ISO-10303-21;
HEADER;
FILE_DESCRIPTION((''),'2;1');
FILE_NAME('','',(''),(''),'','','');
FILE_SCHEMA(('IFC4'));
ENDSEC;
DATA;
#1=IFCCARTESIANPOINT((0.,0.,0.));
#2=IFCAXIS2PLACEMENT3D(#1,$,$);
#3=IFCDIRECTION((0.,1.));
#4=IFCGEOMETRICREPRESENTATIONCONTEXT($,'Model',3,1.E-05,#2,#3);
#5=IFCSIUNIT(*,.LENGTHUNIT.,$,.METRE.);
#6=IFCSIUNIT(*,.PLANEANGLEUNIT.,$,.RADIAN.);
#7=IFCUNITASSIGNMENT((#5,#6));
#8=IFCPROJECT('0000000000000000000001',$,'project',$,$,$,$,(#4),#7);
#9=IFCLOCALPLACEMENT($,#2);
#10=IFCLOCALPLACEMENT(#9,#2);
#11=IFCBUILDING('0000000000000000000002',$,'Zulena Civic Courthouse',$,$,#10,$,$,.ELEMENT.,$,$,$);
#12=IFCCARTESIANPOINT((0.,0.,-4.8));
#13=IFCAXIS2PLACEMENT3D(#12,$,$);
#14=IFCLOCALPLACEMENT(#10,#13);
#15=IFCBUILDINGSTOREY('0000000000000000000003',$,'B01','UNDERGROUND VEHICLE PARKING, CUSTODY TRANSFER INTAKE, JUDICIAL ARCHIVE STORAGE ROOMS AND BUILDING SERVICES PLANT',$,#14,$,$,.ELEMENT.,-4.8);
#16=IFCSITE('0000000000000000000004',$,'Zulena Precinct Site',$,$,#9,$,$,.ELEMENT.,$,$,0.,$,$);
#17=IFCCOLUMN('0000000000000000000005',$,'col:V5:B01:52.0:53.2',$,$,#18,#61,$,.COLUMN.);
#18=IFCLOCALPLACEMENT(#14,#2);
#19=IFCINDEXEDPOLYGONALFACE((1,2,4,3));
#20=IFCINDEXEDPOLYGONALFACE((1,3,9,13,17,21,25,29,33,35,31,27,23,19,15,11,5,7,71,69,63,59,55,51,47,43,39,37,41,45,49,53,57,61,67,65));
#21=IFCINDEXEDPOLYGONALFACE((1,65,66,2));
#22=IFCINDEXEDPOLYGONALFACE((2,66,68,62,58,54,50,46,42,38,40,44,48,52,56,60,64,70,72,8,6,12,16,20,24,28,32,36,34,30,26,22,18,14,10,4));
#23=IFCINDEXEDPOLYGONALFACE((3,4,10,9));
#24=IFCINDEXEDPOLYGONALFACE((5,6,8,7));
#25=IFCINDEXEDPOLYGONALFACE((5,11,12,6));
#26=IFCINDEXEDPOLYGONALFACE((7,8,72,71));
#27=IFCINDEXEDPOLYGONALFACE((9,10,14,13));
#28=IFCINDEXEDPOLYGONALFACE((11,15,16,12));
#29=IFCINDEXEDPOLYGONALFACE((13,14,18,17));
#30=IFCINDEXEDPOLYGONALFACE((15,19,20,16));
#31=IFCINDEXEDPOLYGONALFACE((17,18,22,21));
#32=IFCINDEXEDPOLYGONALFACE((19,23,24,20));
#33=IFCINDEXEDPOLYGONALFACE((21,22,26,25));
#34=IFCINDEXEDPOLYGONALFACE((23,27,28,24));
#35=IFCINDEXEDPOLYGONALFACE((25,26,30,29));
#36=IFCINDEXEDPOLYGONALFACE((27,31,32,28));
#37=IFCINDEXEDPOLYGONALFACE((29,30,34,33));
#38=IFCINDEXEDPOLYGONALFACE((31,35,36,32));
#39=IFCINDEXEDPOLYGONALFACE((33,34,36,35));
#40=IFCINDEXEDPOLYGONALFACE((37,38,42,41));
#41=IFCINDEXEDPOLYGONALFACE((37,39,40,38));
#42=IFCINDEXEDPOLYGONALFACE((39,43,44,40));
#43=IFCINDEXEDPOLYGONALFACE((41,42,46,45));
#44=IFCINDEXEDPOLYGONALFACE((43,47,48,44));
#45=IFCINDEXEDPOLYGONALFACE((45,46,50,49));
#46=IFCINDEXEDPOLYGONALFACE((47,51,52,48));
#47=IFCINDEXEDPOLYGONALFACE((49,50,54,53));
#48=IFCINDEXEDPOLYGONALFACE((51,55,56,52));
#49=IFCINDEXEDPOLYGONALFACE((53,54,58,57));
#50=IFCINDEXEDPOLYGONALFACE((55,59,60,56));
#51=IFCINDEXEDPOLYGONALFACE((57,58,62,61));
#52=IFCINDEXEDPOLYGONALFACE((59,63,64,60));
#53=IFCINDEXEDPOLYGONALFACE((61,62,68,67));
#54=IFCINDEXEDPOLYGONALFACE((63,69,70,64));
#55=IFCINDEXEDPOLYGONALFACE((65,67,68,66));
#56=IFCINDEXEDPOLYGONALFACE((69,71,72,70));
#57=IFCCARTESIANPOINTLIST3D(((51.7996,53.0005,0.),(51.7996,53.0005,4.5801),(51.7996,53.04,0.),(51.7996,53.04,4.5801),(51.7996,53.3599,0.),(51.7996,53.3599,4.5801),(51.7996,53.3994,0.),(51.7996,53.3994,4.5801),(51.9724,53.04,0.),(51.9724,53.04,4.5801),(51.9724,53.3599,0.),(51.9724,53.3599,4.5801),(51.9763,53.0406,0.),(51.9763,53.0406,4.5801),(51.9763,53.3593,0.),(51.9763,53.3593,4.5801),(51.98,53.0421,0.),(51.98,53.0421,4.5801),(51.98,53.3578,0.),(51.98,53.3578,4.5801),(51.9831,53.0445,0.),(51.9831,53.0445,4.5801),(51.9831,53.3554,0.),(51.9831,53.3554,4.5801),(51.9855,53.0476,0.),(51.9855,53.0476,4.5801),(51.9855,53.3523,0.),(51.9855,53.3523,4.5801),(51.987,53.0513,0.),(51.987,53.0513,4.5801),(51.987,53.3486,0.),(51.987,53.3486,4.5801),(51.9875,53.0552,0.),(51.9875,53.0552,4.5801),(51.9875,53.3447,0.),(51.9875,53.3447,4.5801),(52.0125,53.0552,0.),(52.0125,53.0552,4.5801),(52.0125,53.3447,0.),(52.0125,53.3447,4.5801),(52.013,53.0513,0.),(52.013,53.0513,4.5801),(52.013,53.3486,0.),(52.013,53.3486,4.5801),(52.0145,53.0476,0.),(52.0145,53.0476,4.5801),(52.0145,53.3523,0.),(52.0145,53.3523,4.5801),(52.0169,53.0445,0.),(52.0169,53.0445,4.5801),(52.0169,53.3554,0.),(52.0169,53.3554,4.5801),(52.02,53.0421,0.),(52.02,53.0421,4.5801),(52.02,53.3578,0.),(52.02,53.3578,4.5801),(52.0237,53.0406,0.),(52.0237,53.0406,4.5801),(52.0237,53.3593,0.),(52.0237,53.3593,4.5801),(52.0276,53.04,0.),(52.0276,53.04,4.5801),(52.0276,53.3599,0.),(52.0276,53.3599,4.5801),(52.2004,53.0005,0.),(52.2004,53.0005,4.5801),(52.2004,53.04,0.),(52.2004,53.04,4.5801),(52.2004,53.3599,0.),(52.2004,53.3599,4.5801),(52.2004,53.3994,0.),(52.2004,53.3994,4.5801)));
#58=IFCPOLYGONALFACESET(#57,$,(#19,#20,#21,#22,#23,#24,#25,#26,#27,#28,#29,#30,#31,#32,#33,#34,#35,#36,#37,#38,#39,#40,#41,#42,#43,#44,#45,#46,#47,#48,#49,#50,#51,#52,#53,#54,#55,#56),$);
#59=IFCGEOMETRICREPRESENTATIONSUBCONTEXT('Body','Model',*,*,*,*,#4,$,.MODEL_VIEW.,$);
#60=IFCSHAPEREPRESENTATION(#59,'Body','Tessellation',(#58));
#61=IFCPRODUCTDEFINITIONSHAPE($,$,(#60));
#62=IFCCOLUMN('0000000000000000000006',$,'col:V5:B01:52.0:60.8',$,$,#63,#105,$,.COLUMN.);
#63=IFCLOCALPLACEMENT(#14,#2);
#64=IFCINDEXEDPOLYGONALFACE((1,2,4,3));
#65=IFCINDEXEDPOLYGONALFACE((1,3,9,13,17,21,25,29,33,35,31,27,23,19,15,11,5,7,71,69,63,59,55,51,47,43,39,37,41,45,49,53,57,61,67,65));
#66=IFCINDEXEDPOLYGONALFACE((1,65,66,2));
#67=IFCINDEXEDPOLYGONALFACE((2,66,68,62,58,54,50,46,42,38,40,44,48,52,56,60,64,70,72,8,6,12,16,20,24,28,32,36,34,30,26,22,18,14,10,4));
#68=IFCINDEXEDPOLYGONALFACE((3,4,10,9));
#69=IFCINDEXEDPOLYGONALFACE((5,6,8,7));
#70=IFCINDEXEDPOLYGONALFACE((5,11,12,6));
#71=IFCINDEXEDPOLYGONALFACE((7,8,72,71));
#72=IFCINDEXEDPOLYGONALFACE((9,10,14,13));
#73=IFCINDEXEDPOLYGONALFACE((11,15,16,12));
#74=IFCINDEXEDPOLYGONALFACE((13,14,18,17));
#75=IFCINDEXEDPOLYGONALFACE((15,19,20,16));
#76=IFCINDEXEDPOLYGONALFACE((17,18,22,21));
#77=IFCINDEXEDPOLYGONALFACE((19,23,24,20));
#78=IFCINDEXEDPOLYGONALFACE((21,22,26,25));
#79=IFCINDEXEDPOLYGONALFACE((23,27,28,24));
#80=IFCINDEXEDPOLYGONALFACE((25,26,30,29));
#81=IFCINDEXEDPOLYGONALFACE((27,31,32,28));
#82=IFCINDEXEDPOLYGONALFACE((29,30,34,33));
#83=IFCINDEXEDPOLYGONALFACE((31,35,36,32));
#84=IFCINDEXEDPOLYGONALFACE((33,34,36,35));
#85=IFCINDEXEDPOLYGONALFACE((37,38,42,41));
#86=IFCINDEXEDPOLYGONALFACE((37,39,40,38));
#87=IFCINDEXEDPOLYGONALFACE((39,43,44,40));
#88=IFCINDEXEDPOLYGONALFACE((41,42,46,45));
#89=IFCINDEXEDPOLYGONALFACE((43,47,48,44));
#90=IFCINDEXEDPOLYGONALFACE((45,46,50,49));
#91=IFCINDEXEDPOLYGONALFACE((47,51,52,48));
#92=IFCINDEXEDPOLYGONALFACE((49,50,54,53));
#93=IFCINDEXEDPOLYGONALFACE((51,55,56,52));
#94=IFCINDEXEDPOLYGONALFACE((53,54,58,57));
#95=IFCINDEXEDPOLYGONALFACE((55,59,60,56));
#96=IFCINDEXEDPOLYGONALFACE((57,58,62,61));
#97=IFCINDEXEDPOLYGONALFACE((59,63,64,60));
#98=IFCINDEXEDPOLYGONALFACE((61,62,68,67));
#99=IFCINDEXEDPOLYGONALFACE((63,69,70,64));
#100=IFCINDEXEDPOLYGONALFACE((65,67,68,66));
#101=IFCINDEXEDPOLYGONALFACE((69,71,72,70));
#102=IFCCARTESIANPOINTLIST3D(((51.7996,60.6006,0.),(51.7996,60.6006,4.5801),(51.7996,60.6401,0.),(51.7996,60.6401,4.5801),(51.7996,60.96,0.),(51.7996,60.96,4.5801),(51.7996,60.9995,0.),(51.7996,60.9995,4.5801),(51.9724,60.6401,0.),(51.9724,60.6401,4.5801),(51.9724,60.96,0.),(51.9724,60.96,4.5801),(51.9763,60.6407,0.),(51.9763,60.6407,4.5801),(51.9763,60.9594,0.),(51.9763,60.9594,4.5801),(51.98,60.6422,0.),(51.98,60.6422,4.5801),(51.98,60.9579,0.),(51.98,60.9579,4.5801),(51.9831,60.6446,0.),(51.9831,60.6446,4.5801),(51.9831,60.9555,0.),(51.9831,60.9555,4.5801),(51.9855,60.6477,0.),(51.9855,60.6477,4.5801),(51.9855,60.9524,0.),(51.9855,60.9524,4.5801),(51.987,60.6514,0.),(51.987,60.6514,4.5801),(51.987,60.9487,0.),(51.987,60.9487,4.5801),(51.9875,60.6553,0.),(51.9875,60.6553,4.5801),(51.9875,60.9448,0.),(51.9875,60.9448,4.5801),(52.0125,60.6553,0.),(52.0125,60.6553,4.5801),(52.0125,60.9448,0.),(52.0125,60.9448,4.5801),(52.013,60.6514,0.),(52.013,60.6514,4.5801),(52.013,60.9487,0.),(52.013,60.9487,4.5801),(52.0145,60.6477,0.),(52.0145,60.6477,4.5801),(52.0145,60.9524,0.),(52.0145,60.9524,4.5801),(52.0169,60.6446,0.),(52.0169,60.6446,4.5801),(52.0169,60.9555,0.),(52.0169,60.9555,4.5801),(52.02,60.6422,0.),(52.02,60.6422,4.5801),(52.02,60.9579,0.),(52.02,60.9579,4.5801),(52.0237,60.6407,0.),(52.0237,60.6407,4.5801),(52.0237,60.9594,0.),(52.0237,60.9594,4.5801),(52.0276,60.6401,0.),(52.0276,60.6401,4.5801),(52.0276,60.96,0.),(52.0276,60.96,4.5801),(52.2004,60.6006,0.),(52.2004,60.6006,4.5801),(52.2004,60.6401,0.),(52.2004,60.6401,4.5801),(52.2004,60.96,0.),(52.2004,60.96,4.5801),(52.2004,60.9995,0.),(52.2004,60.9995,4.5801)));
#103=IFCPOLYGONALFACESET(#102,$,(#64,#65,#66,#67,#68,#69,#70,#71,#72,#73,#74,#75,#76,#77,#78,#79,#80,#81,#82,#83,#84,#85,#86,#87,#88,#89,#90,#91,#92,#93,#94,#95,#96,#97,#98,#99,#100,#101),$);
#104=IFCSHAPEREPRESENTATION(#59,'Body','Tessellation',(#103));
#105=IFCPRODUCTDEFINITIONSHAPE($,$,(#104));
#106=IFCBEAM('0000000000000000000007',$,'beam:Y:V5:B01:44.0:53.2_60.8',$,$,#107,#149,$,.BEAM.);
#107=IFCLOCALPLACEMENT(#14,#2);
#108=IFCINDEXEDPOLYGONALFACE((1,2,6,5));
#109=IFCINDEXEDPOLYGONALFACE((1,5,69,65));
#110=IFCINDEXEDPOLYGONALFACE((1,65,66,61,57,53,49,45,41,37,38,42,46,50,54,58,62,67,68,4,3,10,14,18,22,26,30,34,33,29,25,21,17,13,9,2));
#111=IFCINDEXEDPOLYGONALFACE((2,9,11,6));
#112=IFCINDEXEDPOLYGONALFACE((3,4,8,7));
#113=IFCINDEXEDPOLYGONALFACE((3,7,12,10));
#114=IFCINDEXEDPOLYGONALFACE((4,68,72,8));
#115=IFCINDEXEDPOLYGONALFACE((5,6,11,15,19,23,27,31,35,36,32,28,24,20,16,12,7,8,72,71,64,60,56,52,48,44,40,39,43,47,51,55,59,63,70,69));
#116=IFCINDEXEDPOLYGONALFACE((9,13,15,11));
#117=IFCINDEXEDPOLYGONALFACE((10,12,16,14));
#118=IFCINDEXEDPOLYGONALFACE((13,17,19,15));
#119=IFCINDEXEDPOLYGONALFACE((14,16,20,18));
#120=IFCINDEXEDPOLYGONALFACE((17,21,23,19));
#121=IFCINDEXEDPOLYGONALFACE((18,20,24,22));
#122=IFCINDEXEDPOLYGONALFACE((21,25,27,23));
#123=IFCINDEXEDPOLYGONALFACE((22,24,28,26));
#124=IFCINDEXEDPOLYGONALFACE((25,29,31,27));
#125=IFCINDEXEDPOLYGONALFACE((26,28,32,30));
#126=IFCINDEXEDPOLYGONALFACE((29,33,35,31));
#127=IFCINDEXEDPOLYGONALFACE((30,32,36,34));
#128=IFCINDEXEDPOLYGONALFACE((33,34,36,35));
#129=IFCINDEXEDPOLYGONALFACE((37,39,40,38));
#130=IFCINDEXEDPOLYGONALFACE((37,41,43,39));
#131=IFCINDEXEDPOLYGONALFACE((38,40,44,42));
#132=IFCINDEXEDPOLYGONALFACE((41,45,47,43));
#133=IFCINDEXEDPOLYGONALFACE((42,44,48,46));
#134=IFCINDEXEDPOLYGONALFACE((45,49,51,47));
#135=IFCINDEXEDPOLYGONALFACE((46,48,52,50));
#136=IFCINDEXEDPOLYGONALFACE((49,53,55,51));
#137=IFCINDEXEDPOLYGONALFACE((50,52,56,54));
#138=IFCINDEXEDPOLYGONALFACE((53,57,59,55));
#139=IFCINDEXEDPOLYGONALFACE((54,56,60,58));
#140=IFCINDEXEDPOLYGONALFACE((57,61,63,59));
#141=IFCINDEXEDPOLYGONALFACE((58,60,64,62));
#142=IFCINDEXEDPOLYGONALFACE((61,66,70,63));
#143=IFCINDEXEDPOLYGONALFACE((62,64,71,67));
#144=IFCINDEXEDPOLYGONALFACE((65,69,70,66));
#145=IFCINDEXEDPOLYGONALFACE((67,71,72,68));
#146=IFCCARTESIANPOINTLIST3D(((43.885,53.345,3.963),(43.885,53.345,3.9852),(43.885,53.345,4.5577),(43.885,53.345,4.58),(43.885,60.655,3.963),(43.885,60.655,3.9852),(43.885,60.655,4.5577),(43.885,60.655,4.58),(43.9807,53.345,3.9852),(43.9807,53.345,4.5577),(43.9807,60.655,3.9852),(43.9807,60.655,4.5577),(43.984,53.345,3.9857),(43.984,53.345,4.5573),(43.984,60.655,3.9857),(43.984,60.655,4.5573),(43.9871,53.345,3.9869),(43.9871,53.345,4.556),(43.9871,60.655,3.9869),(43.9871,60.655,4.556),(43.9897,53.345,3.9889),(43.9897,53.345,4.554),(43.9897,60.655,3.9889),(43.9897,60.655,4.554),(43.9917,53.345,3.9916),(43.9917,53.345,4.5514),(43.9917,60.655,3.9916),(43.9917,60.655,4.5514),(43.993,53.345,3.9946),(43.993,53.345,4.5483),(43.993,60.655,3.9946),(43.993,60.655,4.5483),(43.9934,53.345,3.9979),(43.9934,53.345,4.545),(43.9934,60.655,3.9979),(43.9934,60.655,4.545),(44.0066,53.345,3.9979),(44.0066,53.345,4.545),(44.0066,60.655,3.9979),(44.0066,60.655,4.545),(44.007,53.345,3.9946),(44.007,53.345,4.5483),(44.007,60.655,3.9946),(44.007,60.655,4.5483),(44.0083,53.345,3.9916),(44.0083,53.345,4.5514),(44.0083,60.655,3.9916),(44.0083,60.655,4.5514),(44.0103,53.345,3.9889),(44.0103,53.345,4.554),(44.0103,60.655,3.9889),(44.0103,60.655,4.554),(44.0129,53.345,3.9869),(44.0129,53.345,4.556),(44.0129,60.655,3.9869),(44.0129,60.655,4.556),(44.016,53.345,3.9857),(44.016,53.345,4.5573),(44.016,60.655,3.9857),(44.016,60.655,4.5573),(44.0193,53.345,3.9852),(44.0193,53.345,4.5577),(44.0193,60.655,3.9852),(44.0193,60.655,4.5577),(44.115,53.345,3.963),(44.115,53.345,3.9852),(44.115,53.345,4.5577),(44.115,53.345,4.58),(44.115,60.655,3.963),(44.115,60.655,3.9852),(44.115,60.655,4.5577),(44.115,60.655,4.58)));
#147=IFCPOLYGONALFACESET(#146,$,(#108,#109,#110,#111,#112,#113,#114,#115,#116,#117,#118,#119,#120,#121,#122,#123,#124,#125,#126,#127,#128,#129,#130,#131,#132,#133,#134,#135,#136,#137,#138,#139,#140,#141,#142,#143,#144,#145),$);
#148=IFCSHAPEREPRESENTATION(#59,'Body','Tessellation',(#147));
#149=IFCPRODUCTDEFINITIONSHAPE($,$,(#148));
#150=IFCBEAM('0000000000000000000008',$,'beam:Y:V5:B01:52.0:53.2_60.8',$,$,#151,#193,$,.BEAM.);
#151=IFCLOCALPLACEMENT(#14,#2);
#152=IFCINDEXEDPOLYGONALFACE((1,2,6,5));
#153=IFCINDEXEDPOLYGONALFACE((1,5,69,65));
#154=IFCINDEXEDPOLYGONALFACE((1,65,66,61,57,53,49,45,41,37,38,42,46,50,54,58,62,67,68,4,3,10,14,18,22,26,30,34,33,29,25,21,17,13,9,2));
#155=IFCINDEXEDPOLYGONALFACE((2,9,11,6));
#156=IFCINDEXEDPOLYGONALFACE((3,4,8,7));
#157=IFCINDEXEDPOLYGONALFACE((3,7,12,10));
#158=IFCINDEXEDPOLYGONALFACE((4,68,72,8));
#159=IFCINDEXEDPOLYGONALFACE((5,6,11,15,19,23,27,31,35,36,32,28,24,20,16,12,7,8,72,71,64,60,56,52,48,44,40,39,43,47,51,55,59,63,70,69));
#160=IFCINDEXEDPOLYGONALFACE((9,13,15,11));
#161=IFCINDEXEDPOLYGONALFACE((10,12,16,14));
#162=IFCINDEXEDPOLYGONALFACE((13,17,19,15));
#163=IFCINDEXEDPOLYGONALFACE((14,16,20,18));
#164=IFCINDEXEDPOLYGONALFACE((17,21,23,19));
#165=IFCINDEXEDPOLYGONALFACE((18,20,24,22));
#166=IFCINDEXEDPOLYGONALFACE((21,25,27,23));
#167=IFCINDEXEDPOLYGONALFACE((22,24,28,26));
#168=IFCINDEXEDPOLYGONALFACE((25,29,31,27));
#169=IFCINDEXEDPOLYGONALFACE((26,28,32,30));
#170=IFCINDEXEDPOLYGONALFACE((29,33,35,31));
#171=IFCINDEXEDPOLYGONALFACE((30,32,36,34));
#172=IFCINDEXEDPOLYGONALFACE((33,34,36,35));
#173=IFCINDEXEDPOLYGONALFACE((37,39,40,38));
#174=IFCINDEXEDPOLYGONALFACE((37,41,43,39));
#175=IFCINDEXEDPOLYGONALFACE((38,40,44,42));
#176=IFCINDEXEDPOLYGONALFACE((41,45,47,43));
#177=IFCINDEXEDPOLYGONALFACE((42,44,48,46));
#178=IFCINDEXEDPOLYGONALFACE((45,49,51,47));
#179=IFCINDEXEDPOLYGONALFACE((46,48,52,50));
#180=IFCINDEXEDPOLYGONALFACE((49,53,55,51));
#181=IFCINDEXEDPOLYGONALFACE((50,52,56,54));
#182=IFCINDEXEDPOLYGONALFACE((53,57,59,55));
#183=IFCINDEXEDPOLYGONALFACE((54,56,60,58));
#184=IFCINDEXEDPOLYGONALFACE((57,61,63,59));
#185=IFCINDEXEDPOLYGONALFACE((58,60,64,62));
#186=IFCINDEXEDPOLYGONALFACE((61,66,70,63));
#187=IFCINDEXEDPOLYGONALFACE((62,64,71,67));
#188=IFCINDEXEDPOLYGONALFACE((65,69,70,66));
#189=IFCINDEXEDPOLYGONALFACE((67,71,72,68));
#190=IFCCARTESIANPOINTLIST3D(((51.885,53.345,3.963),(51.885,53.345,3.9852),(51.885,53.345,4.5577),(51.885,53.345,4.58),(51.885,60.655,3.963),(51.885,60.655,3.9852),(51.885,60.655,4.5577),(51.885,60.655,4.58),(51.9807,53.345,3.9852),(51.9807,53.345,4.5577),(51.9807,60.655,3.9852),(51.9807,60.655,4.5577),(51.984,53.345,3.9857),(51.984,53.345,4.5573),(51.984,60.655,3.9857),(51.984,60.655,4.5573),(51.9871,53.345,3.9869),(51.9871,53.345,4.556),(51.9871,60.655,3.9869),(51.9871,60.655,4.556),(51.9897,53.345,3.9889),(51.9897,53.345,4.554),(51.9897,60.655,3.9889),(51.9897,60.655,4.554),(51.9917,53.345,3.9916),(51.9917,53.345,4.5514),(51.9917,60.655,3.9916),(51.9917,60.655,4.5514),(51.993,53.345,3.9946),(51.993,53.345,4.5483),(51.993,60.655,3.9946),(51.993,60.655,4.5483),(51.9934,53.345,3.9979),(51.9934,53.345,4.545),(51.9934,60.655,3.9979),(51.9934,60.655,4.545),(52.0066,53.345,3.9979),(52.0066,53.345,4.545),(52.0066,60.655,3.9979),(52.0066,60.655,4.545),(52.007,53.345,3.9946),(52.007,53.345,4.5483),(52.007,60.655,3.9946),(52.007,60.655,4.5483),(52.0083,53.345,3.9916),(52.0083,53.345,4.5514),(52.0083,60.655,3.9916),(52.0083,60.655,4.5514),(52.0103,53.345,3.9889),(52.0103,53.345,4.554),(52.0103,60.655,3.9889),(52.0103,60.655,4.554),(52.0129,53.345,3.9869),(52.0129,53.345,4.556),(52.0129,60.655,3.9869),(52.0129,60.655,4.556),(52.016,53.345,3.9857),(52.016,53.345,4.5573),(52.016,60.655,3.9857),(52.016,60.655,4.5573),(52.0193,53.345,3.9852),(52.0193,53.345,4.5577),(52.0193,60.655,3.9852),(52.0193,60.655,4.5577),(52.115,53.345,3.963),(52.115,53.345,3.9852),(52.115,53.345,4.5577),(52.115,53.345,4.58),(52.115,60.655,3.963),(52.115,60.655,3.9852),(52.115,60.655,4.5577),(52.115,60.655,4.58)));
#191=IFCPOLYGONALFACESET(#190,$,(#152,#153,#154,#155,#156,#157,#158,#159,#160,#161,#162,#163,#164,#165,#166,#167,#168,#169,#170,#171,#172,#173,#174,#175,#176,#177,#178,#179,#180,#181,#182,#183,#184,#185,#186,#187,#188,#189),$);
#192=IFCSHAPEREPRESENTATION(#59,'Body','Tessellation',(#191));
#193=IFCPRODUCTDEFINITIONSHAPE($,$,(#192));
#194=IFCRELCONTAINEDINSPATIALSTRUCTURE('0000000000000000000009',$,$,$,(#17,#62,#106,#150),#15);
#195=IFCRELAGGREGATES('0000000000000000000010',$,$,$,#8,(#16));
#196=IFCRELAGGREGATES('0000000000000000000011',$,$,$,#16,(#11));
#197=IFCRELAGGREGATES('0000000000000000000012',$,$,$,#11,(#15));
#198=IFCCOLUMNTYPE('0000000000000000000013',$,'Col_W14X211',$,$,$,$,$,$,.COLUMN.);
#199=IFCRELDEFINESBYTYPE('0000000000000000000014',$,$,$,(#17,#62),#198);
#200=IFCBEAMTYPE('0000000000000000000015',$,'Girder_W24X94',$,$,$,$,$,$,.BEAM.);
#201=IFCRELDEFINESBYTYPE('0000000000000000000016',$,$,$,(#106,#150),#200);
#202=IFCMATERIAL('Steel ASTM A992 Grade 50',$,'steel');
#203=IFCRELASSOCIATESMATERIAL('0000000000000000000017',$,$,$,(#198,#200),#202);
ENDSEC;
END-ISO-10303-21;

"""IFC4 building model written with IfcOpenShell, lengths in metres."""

from ifc_helpers import new_model, si_unit, direction, frame, origin, origin_2d, place, context, subcontext, project, spatial, i_section, extrude, material, material_profile, profile_set, type_object, element, save


model = new_model("IFC4")

# Units and contexts
model_context = context("Model", 3, precision=1e-05, world=origin(), true_north=direction((0.0, 1.0)))
body_context = subcontext(model_context, "Body", "Model", "MODEL_VIEW")
ifc_project = project(units=[si_unit("LENGTHUNIT", "METRE"), si_unit("PLANEANGLEUNIT", "RADIAN")], contexts=[model_context])

# Site, building, storey
site_placement = place(None, origin())
site = spatial("IfcSite", under=ifc_project, at=site_placement, Name="Zulena Precinct Site", CompositionType="ELEMENT", RefElevation=0.0)
building_placement = place(site_placement, origin())
building = spatial("IfcBuilding", under=site, at=building_placement, Name="Zulena Civic Courthouse", CompositionType="ELEMENT")
storey_placement = place(building_placement, frame((0.0, 0.0, -4.8)))
storey = spatial("IfcBuildingStorey", under=building, at=storey_placement, Name="B01", Description="UNDERGROUND VEHICLE PARKING, CUSTODY TRANSFER INTAKE, JUDICIAL ARCHIVE STORAGE ROOMS AND BUILDING SERVICES PLANT", CompositionType="ELEMENT", Elevation=-4.8)

# Columns
ifc_material_1 = material(Name="Steel ASTM A992 Grade 50", Category="steel")
ifc_material_profile_1 = material_profile(ifc_material_1, i_section(OverallWidth=0.4009, OverallDepth=0.3989, WebThickness=0.0249, FlangeThickness=0.0396, FilletRadius=0.0151, at=origin_2d()), Name="W14X211")
ifc_profile_set_1 = profile_set([ifc_material_profile_1], Name="Steel ASTM A992 Grade 50")
column_type = type_object("IfcColumnType", Name="Col_W14X211", PredefinedType="COLUMN", material=ifc_profile_set_1)
for number, where, z_axis, x_axis, name in (
    (1, (52.0, 53.2, 0.0), (0.0, 0.0, 1.0), (1.0, 0.0, 0.0), "col:V5:B01:52.0:53.2"),
    (2, (52.0, 60.8, 0.0), (0.0, 0.0, 1.0), (1.0, 0.0, 0.0), "col:V5:B01:52.0:60.8"),
):
    element("IfcColumn", number, at=place(storey_placement, frame(where, z_axis=z_axis, x_axis=x_axis)), inside=storey, type_object=column_type, Name=name, PredefinedType="COLUMN", context=body_context, shape_type="SweptSolid", body=[
        extrude(i_section(OverallWidth=0.4009, OverallDepth=0.3989, WebThickness=0.0249, FlangeThickness=0.0396, FilletRadius=0.0151, at=origin_2d()), origin(), (0.0, 0.0, 1.0), 4.5801),
    ])

# Beams
ifc_material_profile_2 = material_profile(ifc_material_1, i_section(OverallWidth=0.23, OverallDepth=0.6169, WebThickness=0.0132, FlangeThickness=0.0222, FilletRadius=0.0127, at=origin_2d()), Name="W24X94")
ifc_profile_set_2 = profile_set([ifc_material_profile_2], Name="Steel ASTM A992 Grade 50")
beam_type_1 = type_object("IfcBeamType", Name="Girder_W24X94", PredefinedType="BEAM", material=ifc_profile_set_2)
for number, where, z_axis, x_axis, name in (
    (3, (44.0, 53.345, 4.2715), (0.0, 1.0, 0.0), (-1.0, 0.0, 0.0), "beam:Y:V5:B01:44.0:53.2_60.8"),
    (4, (52.0, 53.345, 4.2715), (0.0, 1.0, 0.0), (-1.0, 0.0, 0.0), "beam:Y:V5:B01:52.0:53.2_60.8"),
):
    element("IfcBeam", number, at=place(storey_placement, frame(where, z_axis=z_axis, x_axis=x_axis)), inside=storey, type_object=beam_type_1, Name=name, PredefinedType="BEAM", context=body_context, shape_type="SweptSolid", body=[
        extrude(i_section(OverallWidth=0.23, OverallDepth=0.6169, WebThickness=0.0132, FlangeThickness=0.0222, FilletRadius=0.0127, at=origin_2d()), origin(), (0.0, 0.0, 1.0), 7.3101),
    ])

save(model, "model.ifc")
